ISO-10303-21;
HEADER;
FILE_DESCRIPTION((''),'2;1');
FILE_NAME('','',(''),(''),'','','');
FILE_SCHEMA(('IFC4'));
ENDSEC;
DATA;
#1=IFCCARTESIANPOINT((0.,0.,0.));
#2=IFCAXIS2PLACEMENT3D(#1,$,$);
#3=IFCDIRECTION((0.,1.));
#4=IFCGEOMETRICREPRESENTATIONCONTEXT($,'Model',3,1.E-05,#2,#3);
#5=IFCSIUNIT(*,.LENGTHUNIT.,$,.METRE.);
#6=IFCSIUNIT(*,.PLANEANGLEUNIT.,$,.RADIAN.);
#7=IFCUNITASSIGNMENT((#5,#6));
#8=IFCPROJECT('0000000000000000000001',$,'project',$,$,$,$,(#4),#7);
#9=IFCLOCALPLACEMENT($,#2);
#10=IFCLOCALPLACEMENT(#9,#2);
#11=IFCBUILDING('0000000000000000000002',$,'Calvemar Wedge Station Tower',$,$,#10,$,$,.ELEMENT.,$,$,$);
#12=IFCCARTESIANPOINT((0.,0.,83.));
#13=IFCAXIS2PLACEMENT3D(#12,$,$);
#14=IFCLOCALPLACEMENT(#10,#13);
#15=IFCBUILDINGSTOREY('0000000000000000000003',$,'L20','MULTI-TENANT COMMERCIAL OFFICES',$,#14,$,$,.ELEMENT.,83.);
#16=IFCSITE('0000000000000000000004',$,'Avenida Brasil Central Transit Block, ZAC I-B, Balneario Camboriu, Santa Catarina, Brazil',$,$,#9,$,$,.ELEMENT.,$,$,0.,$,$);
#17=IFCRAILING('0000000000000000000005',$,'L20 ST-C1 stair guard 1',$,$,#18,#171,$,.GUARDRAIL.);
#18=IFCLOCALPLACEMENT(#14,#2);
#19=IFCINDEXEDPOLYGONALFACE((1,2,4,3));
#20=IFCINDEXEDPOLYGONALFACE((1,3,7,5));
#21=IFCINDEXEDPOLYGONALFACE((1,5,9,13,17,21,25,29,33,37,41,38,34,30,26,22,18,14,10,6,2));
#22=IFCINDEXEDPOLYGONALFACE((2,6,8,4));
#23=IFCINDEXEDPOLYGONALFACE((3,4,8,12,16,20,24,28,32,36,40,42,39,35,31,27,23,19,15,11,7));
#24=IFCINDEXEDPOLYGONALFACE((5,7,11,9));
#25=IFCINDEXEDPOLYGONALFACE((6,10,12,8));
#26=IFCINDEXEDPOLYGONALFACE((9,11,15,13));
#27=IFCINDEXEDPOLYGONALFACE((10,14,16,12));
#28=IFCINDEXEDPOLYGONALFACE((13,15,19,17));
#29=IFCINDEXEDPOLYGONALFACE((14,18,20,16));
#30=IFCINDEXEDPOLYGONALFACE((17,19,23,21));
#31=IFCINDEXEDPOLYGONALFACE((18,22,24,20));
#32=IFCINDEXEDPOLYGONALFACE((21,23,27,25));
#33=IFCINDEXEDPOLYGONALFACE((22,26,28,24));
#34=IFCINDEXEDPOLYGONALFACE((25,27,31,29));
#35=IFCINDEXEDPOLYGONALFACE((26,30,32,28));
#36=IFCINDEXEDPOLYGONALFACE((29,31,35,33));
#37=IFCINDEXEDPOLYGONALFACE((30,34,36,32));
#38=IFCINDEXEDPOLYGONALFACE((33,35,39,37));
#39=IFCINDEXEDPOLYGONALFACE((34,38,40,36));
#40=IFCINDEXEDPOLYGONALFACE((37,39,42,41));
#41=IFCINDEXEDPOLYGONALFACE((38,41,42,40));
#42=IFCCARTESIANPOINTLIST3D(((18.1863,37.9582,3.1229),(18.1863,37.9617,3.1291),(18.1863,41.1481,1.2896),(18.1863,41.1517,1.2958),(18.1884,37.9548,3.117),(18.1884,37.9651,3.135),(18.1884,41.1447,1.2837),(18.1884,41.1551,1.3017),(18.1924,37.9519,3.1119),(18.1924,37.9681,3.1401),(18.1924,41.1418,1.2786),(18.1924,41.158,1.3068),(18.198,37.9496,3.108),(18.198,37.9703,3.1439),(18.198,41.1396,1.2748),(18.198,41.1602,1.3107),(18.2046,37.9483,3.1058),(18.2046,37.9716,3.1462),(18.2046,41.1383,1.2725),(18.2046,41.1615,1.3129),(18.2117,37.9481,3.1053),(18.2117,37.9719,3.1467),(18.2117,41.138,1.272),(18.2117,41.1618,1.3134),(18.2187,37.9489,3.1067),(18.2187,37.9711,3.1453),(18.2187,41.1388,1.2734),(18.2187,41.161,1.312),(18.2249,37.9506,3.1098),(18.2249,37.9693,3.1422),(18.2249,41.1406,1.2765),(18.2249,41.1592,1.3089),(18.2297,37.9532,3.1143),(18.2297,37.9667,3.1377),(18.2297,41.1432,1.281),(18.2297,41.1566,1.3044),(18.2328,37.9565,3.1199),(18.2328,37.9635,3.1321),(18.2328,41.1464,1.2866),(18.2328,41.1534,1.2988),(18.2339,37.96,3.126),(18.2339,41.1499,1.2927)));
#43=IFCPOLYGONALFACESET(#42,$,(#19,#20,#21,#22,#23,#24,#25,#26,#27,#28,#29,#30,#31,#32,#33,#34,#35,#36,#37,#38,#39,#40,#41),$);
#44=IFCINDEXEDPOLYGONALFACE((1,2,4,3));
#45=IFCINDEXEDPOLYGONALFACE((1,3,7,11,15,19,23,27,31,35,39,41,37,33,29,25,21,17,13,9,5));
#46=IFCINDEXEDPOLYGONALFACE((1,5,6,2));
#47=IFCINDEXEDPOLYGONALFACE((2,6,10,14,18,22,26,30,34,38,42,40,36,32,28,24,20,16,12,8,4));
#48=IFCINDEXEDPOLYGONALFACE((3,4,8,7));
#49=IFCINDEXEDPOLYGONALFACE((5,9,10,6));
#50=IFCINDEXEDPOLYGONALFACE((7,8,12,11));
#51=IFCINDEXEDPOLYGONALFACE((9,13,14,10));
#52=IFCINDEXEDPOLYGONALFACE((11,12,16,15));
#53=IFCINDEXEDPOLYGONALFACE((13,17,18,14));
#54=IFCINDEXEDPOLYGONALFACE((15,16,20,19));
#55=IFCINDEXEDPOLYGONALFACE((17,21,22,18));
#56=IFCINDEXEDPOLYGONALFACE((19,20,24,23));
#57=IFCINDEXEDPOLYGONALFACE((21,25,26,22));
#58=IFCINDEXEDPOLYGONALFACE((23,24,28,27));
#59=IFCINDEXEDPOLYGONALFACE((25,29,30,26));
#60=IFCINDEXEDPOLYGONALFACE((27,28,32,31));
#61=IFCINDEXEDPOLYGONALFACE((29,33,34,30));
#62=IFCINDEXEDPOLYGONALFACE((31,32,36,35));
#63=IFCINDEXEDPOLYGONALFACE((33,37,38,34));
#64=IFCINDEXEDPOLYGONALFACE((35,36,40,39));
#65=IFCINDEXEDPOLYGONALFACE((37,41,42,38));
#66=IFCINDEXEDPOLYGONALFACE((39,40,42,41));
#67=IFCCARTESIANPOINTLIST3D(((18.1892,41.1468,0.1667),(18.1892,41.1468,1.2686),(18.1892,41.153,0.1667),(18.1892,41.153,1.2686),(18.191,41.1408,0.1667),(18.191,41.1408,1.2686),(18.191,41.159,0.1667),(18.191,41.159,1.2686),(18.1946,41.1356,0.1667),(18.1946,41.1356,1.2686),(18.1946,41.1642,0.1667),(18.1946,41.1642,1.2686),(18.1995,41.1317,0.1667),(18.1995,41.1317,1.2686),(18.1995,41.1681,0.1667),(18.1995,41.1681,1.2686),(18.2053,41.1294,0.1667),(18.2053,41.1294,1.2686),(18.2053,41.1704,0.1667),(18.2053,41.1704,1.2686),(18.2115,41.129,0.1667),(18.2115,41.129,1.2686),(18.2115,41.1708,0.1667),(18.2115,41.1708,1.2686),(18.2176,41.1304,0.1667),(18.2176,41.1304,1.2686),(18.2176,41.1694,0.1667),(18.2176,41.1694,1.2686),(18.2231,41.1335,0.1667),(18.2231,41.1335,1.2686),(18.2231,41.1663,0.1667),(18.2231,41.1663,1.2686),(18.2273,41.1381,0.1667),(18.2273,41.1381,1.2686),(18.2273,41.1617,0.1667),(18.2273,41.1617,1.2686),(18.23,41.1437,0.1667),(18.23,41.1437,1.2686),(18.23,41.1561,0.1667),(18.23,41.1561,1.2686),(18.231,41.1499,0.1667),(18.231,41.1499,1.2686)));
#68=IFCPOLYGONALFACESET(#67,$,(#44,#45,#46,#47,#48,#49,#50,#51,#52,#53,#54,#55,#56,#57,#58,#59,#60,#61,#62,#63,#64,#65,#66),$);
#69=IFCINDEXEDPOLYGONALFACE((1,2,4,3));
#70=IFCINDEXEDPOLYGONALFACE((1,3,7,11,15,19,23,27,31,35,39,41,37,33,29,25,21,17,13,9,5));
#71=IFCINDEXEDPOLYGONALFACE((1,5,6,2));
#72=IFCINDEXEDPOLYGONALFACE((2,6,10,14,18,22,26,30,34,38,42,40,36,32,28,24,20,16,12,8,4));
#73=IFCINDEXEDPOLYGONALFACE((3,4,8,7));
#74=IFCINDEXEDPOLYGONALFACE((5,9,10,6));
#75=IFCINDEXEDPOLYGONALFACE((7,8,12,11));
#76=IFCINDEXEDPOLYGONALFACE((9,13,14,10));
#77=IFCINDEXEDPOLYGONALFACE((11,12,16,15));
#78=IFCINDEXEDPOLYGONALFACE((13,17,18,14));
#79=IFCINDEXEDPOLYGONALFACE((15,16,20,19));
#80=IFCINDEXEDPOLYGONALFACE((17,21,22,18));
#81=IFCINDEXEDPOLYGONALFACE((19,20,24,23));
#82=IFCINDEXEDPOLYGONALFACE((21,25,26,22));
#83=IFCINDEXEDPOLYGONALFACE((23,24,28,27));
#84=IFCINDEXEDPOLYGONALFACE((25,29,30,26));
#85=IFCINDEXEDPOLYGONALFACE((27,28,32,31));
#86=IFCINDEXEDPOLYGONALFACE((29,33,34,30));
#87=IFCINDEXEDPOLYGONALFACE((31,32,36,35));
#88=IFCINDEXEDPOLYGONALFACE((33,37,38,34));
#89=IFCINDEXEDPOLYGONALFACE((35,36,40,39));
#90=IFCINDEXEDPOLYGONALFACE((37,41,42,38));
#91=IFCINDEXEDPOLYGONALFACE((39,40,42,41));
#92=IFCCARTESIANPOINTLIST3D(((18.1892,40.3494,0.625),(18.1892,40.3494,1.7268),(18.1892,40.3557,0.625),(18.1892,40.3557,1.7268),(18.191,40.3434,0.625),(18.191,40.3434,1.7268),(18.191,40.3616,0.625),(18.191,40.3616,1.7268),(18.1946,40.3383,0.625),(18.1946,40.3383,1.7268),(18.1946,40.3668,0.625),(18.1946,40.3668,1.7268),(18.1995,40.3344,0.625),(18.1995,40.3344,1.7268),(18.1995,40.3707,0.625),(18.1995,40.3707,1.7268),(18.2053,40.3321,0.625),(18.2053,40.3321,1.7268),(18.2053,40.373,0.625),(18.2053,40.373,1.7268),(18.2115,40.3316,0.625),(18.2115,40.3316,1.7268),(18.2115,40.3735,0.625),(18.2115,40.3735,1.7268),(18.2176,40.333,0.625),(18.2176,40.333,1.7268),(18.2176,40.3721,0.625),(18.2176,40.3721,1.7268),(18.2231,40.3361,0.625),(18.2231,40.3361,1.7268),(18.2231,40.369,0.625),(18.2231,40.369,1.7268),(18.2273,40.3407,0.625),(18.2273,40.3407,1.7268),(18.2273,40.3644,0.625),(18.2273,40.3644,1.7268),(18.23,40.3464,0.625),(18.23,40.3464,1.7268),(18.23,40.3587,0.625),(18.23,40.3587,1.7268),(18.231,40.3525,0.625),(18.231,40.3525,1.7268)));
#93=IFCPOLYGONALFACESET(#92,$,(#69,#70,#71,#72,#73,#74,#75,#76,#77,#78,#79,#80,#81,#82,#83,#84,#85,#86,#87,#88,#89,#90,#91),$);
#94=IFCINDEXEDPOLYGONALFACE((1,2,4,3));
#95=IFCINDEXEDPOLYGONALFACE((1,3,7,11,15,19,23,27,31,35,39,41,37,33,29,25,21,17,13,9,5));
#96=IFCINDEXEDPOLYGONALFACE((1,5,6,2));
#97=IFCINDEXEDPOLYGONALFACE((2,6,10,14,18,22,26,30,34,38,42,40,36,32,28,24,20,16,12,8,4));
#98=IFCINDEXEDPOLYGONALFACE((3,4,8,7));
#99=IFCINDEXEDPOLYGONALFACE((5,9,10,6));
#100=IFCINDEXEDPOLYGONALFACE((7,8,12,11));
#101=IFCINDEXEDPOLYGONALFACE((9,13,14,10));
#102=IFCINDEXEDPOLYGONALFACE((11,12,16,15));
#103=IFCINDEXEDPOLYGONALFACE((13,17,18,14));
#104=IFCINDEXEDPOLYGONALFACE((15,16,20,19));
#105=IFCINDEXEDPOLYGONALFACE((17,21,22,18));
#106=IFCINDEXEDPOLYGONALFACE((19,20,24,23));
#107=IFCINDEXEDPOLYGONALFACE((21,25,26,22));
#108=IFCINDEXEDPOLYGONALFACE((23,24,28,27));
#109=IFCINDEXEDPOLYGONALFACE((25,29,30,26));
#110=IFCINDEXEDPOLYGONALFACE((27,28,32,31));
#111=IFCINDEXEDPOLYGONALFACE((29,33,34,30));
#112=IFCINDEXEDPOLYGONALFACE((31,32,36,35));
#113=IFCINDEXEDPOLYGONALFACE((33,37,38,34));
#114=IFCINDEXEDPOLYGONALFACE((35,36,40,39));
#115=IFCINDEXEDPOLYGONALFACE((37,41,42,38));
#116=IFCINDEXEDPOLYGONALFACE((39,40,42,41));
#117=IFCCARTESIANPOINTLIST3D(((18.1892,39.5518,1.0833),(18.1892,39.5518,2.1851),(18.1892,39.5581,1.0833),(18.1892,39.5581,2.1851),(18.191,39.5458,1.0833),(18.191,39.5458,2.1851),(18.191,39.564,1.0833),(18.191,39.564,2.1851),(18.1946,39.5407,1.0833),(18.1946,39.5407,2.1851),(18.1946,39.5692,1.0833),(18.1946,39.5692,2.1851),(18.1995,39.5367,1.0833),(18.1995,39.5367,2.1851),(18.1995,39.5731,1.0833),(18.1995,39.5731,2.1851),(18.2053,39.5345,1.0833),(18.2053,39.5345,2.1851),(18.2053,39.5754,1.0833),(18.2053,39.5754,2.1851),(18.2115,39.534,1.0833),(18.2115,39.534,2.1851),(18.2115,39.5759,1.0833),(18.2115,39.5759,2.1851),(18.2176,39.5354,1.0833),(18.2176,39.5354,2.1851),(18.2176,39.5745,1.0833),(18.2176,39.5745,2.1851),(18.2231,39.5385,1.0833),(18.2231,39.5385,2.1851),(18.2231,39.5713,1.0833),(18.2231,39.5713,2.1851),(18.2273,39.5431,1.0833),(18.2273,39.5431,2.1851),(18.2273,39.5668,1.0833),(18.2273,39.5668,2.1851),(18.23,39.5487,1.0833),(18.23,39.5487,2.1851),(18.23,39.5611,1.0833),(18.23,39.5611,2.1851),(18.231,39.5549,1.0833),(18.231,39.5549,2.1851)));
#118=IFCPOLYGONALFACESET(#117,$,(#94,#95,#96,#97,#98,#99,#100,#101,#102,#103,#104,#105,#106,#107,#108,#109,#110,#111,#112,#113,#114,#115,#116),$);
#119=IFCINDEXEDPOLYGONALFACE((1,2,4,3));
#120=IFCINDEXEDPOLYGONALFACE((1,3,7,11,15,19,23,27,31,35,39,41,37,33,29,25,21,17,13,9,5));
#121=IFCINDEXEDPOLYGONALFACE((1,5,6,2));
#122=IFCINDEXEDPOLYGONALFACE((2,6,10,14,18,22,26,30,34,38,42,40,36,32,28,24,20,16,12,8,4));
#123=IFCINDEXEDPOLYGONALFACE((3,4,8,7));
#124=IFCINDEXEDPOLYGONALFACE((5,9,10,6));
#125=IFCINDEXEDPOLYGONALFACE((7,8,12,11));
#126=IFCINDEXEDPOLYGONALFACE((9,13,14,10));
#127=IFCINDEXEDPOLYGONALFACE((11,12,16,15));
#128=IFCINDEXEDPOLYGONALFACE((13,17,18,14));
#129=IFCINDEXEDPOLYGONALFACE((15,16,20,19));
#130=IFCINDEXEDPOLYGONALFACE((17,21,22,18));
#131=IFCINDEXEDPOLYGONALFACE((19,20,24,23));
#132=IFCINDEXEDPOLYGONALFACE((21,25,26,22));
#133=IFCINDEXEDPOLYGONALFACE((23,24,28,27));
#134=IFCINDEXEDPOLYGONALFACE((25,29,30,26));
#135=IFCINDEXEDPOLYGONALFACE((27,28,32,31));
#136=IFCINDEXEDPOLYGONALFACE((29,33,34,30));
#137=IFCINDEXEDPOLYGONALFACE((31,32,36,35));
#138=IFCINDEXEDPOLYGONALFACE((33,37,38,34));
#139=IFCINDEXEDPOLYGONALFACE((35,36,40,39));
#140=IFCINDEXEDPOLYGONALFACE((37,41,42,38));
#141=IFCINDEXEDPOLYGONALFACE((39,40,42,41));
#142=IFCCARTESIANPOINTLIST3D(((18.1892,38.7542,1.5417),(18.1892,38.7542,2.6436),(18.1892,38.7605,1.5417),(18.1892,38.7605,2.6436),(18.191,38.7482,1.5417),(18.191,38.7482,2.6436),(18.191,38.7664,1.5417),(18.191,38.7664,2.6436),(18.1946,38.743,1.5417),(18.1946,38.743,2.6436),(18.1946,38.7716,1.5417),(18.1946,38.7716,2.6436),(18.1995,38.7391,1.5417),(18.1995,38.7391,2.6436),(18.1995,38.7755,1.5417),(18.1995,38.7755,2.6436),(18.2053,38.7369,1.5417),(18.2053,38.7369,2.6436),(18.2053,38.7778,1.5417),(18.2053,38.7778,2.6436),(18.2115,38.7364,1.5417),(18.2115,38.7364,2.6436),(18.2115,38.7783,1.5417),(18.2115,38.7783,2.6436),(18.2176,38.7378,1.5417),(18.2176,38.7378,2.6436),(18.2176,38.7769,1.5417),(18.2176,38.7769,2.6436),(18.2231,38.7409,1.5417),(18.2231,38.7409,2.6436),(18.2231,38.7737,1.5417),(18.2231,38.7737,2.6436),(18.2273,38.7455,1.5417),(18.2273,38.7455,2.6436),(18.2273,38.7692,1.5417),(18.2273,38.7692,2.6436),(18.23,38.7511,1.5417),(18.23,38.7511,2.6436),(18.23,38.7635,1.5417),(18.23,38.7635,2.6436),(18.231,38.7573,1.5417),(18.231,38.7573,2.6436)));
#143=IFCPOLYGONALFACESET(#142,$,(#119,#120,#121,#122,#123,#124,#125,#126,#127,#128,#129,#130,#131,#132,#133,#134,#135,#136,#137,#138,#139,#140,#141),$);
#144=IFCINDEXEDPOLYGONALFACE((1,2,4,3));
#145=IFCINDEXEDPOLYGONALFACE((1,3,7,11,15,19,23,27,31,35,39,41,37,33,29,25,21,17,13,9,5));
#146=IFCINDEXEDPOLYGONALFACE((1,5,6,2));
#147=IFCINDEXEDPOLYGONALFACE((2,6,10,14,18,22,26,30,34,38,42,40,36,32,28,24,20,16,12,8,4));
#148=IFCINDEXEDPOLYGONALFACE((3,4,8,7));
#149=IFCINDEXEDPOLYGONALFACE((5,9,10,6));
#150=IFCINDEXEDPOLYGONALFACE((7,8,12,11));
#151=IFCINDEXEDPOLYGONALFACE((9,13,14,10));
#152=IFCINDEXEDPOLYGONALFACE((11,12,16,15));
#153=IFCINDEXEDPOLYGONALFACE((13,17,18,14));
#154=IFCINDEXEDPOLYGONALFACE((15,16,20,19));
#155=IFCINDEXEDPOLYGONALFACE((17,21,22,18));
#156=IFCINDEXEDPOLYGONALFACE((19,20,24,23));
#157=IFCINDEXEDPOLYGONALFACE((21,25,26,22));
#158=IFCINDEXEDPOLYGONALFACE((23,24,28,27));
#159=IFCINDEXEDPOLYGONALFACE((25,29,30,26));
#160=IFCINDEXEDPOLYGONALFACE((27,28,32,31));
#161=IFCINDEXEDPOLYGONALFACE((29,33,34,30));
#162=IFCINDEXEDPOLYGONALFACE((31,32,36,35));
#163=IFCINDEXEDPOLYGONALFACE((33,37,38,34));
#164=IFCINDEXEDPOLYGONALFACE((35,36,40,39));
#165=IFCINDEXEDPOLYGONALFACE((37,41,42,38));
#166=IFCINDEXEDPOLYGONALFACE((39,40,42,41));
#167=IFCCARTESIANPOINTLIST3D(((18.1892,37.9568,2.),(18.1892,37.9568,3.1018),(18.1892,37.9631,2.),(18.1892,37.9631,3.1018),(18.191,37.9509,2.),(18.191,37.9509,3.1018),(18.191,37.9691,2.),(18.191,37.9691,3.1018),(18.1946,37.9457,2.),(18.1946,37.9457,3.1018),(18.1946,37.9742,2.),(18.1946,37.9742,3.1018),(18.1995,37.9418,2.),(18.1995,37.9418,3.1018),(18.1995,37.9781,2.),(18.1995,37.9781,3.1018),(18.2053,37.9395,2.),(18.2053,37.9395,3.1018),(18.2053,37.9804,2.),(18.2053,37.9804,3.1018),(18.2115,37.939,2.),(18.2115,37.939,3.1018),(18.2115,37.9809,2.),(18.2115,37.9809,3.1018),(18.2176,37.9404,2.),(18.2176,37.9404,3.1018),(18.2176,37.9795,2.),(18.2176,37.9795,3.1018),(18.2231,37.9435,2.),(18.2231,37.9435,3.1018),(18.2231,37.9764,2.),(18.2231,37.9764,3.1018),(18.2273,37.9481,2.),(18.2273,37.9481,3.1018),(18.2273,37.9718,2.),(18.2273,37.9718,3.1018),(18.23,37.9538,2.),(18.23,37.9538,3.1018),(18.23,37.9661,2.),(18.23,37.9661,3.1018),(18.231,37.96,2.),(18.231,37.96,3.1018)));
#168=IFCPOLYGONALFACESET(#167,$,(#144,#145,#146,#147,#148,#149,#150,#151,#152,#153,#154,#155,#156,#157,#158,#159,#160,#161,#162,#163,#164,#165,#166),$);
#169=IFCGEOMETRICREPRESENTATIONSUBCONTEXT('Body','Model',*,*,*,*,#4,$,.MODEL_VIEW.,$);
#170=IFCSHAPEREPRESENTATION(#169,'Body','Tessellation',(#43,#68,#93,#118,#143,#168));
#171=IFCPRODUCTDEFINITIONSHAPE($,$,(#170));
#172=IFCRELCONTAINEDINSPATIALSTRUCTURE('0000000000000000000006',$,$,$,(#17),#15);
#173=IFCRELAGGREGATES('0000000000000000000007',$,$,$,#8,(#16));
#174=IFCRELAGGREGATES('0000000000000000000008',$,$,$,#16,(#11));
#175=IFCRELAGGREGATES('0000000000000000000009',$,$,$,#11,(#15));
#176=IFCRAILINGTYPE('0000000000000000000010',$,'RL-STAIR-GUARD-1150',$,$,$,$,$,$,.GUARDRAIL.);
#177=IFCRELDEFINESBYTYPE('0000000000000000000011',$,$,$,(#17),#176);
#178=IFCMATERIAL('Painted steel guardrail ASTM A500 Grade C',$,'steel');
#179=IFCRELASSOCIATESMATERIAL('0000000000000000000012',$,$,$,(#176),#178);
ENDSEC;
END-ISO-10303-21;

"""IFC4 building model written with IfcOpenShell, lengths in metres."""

from ifc_helpers import new_model, si_unit, direction, frame, origin, origin_2d, place, context, subcontext, project, spatial, circle, extrude, material, type_object, element, save


model = new_model("IFC4")

# Units and contexts
model_context = context("Model", 3, precision=1e-05, world=origin(), true_north=direction((0.0, 1.0)))
body_context = subcontext(model_context, "Body", "Model", "MODEL_VIEW")
ifc_project = project(units=[si_unit("LENGTHUNIT", "METRE"), si_unit("PLANEANGLEUNIT", "RADIAN")], contexts=[model_context])

# Site, building, storey
site_placement = place(None, origin())
site = spatial("IfcSite", under=ifc_project, at=site_placement, Name="Avenida Brasil Central Transit Block, ZAC I-B, Balneario Camboriu, Santa Catarina, Brazil", CompositionType="ELEMENT", RefElevation=0.0)
building_placement = place(site_placement, origin())
building = spatial("IfcBuilding", under=site, at=building_placement, Name="Calvemar Wedge Station Tower", CompositionType="ELEMENT")
storey_placement = place(building_placement, frame((0.0, 0.0, 83.0)))
storey = spatial("IfcBuildingStorey", under=building, at=storey_placement, Name="L20", Description="MULTI-TENANT COMMERCIAL OFFICES", CompositionType="ELEMENT", Elevation=83.0)

# Railing
ifc_material_1 = material(Name="Painted steel guardrail ASTM A500 Grade C", Category="steel")
railing_type = type_object("IfcRailingType", Name="RL-STAIR-GUARD-1150", PredefinedType="GUARDRAIL", material=ifc_material_1)
railing_1_placement = place(storey_placement, frame((18.21, 41.1499, 0.1667)))
element("IfcRailing", 1, at=railing_1_placement, inside=storey, type_object=railing_type, Name="L20 ST-C1 stair guard 1", PredefinedType="GUARDRAIL", context=body_context, shape_type="SweptSolid", body=[
    extrude(circle(Radius=0.0239, at=origin_2d()), frame((0.0, 0.0, 1.126), z_axis=(0.0, -0.86702, 0.498274), x_axis=(1.0, 0.0, 0.0)), (0.0, 0.0, 1.0), 3.6792),
    extrude(circle(Radius=0.021, at=origin_2d()), origin(), (0.0, 0.0, 1.0), 1.1018),
    extrude(circle(Radius=0.021, at=origin_2d()), frame((0.0, -0.7974, 0.4583)), (0.0, 0.0, 1.0), 1.1018),
    extrude(circle(Radius=0.021, at=origin_2d()), frame((0.0, -1.595, 0.9165)), (0.0, 0.0, 1.0), 1.1018),
    extrude(circle(Radius=0.021, at=origin_2d()), frame((0.0, -2.3926, 1.375)), (0.0, 0.0, 1.0), 1.1018),
    extrude(circle(Radius=0.021, at=origin_2d()), frame((0.0, -3.1899, 1.8333)), (0.0, 0.0, 1.0), 1.1018),
])

save(model, "model.ifc")
